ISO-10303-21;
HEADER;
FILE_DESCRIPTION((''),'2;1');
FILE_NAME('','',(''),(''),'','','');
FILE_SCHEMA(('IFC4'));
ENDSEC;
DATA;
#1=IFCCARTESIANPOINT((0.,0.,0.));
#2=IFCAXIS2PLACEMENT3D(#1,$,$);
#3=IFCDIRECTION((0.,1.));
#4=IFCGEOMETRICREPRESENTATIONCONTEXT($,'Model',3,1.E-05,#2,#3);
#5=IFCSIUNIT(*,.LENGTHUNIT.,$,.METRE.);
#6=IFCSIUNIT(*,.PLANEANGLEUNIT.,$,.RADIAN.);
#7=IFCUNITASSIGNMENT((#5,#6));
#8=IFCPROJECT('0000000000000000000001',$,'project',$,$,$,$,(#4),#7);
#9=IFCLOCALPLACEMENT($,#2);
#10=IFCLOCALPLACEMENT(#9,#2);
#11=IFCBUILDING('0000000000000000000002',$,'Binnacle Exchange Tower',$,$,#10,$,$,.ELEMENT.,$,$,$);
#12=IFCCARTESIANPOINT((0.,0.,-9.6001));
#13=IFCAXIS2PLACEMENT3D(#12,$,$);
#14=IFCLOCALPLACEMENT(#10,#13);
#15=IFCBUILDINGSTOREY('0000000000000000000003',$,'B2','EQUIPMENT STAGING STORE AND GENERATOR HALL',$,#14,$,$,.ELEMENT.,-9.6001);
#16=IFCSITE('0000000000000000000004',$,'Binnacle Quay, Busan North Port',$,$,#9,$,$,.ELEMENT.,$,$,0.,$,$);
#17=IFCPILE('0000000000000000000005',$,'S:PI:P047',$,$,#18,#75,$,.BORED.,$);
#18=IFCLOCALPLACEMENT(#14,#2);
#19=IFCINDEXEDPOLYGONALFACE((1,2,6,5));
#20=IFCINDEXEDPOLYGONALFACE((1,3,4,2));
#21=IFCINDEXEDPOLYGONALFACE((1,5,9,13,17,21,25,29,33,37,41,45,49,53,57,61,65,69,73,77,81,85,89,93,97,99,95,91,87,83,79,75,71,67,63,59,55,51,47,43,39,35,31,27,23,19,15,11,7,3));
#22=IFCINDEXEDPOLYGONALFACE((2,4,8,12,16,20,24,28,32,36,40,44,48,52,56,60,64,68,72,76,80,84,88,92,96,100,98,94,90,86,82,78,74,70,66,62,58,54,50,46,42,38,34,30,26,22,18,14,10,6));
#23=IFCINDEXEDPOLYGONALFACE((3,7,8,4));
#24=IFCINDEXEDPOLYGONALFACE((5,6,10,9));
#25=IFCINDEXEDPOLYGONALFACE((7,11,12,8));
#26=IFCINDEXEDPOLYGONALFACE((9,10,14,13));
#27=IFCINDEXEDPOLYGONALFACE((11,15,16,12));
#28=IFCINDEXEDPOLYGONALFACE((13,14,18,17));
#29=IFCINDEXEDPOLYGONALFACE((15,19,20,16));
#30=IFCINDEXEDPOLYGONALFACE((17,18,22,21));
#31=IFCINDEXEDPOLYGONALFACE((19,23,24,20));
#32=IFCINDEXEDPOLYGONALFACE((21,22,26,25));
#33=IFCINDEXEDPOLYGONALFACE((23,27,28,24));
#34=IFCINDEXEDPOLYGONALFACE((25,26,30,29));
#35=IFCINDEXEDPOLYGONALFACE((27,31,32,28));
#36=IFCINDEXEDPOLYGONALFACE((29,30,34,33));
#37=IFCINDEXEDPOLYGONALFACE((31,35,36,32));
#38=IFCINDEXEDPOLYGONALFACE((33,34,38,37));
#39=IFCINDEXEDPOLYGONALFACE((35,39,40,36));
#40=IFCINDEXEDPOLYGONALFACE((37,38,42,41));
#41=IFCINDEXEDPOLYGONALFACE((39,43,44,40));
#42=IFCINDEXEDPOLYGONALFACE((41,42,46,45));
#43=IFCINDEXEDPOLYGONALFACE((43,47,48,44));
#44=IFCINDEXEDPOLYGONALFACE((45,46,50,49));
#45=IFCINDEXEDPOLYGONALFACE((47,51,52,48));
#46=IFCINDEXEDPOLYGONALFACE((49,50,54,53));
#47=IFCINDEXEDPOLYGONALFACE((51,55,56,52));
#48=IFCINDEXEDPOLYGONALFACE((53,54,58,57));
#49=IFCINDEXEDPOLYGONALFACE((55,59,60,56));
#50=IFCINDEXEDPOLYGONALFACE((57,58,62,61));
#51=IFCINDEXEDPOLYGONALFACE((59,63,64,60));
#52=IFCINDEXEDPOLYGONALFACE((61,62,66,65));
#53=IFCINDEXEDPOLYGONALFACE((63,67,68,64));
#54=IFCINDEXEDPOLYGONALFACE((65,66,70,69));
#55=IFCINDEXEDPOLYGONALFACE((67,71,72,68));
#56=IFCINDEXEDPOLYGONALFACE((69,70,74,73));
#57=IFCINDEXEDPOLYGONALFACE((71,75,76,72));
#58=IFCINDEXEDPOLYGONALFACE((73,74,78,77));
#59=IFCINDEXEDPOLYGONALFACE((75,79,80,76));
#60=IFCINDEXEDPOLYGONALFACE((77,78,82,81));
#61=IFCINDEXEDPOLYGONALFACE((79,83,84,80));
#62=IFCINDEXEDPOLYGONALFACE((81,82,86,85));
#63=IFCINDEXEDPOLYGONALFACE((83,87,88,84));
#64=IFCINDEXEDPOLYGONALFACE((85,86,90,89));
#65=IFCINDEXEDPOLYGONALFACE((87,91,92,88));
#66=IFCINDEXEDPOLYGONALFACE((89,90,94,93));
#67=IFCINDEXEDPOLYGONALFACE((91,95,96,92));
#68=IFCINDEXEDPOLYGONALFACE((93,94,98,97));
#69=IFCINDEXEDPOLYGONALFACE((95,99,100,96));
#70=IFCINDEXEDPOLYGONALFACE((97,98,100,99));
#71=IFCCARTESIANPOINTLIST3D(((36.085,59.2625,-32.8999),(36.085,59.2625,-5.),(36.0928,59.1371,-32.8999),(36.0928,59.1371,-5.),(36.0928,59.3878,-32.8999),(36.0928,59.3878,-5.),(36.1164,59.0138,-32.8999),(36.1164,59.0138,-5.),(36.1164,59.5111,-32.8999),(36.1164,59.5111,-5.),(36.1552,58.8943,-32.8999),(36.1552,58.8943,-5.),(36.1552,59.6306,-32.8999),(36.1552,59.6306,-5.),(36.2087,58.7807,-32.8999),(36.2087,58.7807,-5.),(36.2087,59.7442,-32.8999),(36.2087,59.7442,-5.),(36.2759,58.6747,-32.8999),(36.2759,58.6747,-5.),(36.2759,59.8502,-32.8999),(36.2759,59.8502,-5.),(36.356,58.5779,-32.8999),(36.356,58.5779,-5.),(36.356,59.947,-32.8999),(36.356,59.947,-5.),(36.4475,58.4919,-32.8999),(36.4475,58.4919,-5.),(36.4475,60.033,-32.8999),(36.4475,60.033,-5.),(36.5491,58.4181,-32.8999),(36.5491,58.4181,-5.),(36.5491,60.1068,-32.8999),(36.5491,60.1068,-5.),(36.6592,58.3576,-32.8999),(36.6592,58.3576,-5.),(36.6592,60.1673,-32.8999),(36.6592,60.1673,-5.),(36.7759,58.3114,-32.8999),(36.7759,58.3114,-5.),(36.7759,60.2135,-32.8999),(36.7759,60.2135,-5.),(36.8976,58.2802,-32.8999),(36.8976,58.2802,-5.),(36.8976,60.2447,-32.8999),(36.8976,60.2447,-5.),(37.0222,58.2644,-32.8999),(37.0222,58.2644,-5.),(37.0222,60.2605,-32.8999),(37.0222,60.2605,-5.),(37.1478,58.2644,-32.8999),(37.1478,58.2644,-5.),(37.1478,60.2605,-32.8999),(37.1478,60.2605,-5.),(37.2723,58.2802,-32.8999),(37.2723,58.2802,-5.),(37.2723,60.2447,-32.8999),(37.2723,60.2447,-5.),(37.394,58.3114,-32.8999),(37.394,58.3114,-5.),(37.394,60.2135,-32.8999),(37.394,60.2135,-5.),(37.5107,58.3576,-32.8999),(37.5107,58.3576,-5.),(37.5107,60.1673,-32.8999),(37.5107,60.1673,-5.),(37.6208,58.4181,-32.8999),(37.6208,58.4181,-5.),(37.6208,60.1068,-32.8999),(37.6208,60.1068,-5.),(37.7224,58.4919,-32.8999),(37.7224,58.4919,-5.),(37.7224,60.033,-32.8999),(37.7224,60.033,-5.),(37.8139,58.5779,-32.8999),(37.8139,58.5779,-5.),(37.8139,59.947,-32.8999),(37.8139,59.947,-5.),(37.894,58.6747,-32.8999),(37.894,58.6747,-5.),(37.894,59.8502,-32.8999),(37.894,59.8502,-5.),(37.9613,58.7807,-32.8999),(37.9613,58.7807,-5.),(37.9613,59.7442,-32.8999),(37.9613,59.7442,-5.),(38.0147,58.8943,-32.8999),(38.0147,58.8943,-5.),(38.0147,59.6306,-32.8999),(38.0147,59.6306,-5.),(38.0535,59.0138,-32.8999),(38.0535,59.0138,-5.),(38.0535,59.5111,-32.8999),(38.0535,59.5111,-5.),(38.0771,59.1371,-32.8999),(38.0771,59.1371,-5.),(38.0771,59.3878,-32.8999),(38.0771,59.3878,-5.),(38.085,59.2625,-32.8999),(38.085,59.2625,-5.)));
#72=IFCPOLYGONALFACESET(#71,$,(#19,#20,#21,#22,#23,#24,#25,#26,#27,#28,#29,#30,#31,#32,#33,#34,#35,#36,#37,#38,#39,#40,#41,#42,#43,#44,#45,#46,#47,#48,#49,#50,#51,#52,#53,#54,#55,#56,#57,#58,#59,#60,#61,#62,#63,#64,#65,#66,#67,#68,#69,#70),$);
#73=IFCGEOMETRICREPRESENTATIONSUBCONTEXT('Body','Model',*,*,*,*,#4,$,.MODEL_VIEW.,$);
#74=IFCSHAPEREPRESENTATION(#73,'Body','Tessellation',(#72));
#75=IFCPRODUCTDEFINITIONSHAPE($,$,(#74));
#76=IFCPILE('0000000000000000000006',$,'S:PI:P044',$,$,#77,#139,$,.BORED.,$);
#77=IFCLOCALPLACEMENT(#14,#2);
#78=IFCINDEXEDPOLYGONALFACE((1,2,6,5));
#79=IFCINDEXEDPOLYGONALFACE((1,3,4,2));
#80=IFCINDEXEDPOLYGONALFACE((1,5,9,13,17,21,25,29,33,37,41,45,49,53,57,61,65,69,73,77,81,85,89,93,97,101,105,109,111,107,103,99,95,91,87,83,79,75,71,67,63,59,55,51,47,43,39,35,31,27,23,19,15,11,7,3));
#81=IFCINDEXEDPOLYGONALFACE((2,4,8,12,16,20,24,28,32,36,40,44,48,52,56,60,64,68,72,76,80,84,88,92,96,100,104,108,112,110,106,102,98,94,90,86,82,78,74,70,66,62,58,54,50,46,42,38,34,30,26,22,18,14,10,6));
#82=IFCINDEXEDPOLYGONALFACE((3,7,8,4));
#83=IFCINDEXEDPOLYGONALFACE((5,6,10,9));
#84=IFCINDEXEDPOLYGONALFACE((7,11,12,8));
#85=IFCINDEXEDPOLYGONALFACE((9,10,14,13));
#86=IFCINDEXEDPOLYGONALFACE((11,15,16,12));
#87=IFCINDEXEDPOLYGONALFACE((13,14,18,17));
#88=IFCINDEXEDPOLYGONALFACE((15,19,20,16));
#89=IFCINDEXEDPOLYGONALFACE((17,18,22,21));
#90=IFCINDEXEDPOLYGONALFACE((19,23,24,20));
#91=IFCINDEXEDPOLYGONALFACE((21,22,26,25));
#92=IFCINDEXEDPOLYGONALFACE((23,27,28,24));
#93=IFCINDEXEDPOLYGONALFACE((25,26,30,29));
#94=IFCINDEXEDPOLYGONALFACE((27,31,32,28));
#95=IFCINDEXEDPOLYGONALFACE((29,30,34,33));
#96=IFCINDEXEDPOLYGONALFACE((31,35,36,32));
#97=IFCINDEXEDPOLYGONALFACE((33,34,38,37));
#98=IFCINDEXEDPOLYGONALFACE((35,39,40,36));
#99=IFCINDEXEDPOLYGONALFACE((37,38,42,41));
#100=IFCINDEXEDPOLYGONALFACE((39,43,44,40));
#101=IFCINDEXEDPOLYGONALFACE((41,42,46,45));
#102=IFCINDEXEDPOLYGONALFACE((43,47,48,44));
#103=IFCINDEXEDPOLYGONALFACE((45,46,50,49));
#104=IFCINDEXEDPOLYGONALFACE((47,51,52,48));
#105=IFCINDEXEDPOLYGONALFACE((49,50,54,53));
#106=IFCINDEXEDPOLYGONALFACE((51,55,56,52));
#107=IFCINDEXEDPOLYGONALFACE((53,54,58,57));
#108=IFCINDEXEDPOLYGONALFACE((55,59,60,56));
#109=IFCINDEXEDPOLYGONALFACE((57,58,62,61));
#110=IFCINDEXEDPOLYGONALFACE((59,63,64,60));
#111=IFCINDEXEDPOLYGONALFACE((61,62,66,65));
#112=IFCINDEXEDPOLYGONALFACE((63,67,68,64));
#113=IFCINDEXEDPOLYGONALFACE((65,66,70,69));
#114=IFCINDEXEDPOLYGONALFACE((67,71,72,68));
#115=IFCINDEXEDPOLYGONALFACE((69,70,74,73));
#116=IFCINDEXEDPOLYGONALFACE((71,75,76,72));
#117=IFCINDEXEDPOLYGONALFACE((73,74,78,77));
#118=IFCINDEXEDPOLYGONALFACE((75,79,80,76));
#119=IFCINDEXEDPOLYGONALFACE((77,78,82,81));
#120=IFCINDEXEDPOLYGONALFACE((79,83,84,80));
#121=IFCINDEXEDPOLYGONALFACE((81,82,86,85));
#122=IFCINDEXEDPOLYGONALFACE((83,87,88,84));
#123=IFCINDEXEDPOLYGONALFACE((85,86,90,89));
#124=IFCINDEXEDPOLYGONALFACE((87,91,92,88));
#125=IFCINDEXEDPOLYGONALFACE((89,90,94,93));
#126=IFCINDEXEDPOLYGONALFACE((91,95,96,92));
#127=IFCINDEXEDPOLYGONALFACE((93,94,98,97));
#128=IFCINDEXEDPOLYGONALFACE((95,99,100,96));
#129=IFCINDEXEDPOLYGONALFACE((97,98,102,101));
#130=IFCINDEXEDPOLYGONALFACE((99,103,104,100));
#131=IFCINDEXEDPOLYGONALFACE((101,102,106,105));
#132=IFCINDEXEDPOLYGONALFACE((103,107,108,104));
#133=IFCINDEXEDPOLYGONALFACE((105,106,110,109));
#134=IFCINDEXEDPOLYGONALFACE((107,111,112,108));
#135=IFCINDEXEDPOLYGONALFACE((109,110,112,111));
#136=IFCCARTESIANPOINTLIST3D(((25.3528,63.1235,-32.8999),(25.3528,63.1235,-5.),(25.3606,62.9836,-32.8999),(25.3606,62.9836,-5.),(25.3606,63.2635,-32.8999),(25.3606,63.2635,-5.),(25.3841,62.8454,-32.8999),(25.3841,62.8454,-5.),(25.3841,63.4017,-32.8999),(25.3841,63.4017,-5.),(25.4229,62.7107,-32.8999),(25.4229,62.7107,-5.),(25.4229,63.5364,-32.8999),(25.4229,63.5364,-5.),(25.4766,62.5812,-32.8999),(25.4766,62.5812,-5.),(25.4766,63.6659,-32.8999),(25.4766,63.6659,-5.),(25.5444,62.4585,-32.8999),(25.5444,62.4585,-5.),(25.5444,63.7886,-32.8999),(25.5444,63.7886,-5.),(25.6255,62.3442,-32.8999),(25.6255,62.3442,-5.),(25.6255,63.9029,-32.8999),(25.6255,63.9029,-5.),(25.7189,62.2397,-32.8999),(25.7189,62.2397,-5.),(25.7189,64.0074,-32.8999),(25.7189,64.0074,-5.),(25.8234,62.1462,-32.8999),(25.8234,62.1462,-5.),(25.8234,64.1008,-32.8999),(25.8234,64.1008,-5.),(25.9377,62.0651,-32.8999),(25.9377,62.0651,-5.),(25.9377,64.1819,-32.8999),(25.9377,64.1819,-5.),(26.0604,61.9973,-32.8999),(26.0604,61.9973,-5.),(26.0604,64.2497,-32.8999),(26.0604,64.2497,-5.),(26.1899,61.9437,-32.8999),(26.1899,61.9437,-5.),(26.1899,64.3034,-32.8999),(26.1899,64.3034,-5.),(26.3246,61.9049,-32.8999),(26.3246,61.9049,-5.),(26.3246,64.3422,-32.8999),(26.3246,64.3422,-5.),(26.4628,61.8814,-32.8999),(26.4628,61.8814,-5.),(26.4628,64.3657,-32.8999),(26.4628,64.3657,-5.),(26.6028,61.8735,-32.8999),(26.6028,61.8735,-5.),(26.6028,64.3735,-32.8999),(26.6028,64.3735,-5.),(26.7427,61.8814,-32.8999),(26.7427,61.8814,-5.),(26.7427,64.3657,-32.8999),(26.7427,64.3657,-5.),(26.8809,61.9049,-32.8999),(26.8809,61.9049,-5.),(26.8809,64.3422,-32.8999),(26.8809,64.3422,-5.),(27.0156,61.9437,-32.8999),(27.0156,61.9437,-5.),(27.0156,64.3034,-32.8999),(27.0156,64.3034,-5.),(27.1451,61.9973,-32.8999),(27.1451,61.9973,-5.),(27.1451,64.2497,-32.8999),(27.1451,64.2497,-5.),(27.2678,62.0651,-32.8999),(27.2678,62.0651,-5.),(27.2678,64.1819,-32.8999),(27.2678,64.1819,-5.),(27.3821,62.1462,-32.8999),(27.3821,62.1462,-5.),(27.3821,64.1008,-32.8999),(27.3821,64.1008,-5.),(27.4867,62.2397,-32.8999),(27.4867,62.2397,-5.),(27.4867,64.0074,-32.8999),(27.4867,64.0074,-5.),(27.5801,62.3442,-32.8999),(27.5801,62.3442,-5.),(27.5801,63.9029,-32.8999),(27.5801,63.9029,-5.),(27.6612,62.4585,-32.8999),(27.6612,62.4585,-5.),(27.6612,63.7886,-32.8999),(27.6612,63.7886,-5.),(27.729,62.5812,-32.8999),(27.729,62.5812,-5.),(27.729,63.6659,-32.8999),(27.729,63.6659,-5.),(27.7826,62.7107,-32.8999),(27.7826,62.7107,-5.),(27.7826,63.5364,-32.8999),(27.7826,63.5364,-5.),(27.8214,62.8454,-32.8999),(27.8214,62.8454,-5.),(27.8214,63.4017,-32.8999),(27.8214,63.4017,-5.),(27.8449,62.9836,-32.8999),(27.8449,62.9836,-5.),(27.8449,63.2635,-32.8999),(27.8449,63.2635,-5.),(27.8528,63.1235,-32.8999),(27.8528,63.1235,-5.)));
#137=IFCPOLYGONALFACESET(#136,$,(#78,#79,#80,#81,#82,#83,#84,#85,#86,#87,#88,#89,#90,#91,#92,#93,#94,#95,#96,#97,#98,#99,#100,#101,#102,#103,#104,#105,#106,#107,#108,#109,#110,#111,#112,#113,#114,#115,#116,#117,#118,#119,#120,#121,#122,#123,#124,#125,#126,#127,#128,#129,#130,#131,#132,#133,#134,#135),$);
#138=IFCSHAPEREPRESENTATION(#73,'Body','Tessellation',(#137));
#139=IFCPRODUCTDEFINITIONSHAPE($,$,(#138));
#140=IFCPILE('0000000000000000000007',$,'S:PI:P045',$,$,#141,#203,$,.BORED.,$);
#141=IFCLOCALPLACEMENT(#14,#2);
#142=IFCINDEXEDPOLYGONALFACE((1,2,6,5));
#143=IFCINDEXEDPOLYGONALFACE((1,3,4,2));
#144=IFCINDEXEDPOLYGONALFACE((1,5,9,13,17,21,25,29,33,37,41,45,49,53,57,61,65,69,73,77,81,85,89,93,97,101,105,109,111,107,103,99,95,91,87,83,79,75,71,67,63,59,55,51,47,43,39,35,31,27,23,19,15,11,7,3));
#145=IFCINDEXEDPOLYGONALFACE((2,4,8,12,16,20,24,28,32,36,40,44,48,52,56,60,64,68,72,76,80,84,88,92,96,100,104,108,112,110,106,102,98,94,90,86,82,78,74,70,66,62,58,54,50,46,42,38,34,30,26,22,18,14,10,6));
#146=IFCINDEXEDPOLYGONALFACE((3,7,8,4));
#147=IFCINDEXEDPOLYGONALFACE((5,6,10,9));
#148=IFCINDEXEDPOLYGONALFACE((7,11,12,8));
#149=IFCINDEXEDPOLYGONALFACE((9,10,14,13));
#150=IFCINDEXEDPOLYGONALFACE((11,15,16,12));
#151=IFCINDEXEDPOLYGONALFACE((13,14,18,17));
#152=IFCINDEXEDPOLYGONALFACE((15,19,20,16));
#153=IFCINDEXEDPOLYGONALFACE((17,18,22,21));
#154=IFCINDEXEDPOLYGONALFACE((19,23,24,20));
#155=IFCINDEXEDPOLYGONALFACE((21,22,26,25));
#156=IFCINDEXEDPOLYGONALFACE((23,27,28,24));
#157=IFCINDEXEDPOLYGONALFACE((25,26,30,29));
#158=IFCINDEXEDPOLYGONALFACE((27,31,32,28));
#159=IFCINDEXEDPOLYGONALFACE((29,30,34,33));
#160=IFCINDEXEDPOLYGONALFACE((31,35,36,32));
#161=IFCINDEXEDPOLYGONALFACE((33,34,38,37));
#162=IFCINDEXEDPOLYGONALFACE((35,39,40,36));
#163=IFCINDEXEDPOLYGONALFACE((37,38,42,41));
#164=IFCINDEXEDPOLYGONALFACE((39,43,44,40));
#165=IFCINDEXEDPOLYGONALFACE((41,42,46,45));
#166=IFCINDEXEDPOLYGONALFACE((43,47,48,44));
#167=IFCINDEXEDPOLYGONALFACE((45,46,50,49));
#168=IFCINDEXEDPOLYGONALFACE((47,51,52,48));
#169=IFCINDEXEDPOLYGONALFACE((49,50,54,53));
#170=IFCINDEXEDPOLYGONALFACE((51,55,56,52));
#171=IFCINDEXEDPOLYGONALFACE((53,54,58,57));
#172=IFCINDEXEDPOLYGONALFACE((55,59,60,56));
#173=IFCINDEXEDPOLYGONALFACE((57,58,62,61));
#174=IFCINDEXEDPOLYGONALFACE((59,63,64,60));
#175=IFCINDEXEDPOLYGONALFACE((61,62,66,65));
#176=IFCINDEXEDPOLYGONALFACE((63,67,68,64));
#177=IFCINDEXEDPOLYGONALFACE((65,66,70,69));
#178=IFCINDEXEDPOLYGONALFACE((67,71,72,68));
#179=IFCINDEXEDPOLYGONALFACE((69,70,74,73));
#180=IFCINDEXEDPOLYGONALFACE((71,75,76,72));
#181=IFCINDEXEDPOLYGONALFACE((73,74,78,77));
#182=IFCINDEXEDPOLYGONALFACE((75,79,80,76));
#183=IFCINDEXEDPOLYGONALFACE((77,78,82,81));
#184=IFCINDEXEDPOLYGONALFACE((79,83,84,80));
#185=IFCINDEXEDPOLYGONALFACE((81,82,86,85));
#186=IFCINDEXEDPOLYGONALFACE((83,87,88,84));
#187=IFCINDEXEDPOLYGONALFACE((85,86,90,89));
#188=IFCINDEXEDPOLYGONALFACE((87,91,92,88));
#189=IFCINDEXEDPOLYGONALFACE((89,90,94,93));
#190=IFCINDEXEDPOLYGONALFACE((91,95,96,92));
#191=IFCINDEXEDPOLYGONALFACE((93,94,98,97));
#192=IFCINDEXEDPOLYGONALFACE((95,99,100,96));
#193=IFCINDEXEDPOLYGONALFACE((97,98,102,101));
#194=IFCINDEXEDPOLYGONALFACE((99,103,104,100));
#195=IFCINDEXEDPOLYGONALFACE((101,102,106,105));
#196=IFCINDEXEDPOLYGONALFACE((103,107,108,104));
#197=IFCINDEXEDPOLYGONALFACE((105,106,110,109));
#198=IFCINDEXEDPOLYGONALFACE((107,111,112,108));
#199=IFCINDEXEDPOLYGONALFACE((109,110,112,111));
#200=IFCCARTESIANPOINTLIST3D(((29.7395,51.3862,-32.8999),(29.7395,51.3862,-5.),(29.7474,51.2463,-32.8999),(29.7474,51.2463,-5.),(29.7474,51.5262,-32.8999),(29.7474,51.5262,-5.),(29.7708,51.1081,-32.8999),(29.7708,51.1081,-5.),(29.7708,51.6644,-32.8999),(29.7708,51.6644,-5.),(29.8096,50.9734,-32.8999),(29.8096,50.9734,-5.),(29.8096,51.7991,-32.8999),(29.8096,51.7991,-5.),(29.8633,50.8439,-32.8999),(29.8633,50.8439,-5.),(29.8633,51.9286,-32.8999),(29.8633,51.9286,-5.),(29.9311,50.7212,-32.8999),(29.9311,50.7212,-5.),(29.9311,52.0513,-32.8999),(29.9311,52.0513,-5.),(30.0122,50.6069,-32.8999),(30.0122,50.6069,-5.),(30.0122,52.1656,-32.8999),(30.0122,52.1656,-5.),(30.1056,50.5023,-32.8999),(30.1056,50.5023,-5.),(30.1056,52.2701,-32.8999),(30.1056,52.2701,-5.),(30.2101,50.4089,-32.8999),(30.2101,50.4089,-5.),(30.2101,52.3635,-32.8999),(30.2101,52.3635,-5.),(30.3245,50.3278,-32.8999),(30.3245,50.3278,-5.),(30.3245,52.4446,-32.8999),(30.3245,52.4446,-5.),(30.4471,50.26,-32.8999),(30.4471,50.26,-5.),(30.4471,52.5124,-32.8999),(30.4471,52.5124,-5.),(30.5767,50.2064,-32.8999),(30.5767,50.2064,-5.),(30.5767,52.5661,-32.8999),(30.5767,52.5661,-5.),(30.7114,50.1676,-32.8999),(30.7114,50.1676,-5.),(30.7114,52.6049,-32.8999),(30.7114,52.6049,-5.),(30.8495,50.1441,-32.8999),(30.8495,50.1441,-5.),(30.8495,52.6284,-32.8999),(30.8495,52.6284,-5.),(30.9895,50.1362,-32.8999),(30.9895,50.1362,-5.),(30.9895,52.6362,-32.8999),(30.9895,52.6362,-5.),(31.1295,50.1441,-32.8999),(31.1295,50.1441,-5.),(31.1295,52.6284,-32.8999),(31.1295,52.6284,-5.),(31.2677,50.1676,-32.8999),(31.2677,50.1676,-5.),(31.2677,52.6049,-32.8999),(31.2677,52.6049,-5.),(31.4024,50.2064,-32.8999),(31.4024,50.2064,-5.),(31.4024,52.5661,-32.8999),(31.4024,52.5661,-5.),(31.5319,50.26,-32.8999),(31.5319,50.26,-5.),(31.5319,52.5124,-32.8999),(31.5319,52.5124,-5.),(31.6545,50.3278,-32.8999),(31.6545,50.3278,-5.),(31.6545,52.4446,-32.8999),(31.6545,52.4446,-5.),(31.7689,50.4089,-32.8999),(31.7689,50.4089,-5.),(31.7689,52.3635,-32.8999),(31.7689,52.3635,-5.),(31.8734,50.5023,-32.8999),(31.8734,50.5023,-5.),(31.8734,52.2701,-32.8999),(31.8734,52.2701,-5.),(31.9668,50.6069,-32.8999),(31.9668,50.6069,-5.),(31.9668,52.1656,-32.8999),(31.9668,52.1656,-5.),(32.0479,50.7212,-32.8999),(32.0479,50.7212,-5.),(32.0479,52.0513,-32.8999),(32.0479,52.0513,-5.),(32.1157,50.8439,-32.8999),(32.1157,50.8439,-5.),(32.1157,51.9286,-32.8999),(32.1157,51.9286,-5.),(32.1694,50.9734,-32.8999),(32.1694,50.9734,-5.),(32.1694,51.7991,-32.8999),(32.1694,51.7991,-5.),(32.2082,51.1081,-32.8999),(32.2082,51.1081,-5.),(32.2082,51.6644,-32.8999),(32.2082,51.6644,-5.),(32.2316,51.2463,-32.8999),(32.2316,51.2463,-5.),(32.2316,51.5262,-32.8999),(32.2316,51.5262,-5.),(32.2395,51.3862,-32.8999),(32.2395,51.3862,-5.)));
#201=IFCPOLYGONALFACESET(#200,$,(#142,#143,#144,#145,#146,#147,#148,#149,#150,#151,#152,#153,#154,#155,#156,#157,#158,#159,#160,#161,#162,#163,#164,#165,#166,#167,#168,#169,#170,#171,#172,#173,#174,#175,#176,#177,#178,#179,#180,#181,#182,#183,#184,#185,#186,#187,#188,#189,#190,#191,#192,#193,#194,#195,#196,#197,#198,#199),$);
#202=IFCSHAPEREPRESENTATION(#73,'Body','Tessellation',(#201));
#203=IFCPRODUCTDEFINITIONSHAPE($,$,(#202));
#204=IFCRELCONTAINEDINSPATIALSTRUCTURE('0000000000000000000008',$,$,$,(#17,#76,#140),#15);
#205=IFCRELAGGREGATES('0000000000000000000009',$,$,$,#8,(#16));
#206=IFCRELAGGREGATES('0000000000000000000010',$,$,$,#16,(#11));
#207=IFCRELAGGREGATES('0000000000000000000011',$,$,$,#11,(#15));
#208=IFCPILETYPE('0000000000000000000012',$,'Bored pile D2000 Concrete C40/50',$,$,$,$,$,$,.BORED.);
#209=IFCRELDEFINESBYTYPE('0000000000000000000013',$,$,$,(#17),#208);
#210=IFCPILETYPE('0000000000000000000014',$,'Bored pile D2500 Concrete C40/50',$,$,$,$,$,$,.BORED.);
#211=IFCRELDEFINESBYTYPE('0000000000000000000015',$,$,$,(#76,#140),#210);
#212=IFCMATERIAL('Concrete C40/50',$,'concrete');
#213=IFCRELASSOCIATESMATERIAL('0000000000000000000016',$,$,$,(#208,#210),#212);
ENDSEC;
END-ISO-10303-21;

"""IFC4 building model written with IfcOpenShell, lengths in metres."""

from ifc_helpers import new_model, si_unit, direction, frame, origin, origin_2d, place, context, subcontext, project, spatial, circle, extrude, material, material_profile, profile_set, type_object, element, save


model = new_model("IFC4")

# Units and contexts
model_context = context("Model", 3, precision=1e-05, world=origin(), true_north=direction((0.0, 1.0)))
body_context = subcontext(model_context, "Body", "Model", "MODEL_VIEW")
ifc_project = project(units=[si_unit("LENGTHUNIT", "METRE"), si_unit("PLANEANGLEUNIT", "RADIAN")], contexts=[model_context])

# Site, building, storey
site_placement = place(None, origin())
site = spatial("IfcSite", under=ifc_project, at=site_placement, Name="Binnacle Quay, Busan North Port", CompositionType="ELEMENT", RefElevation=0.0)
building_placement = place(site_placement, origin())
building = spatial("IfcBuilding", under=site, at=building_placement, Name="Binnacle Exchange Tower", CompositionType="ELEMENT")
storey_placement = place(building_placement, frame((0.0, 0.0, -9.6001)))
storey = spatial("IfcBuildingStorey", under=building, at=storey_placement, Name="B2", Description="EQUIPMENT STAGING STORE AND GENERATOR HALL", CompositionType="ELEMENT", Elevation=-9.6001)

# Piles
ifc_material_1 = material(Name="Concrete C40/50", Category="concrete")
ifc_material_profile_1 = material_profile(ifc_material_1, circle(Radius=1.0, at=origin_2d()), Name="Bored pile D2000")
ifc_profile_set_1 = profile_set([ifc_material_profile_1], Name="Concrete C40/50")
pile_type_1 = type_object("IfcPileType", Name="Bored pile D2000 Concrete C40/50", PredefinedType="BORED", material=ifc_profile_set_1)
pile_placement = place(storey_placement, frame((37.085, 59.2625, -5.0), z_axis=(0.0, 0.0, -1.0), x_axis=(1.0, 0.0, 0.0)))
element("IfcPile", 1, at=pile_placement, inside=storey, type_object=pile_type_1, Name="S:PI:P047", PredefinedType="BORED", context=body_context, shape_type="SweptSolid", body=[
    extrude(circle(Radius=1.0, at=origin_2d()), origin(), (0.0, 0.0, 1.0), 27.8999),
])
ifc_material_profile_2 = material_profile(ifc_material_1, circle(Radius=1.25, at=origin_2d()), Name="Bored pile D2500")
ifc_profile_set_2 = profile_set([ifc_material_profile_2], Name="Concrete C40/50")
pile_type_2 = type_object("IfcPileType", Name="Bored pile D2500 Concrete C40/50", PredefinedType="BORED", material=ifc_profile_set_2)
for number, where, z_axis, x_axis, name in (
    (2, (26.6028, 63.1235, -5.0), (0.0, 0.0, -1.0), (1.0, 0.0, 0.0), "S:PI:P044"),
    (3, (30.9895, 51.3862, -5.0), (0.0, 0.0, -1.0), (1.0, 0.0, 0.0), "S:PI:P045"),
):
    element("IfcPile", number, at=place(storey_placement, frame(where, z_axis=z_axis, x_axis=x_axis)), inside=storey, type_object=pile_type_2, Name=name, PredefinedType="BORED", context=body_context, shape_type="SweptSolid", body=[
        extrude(circle(Radius=1.25, at=origin_2d()), origin(), (0.0, 0.0, 1.0), 27.8999),
    ])

save(model, "model.ifc")
